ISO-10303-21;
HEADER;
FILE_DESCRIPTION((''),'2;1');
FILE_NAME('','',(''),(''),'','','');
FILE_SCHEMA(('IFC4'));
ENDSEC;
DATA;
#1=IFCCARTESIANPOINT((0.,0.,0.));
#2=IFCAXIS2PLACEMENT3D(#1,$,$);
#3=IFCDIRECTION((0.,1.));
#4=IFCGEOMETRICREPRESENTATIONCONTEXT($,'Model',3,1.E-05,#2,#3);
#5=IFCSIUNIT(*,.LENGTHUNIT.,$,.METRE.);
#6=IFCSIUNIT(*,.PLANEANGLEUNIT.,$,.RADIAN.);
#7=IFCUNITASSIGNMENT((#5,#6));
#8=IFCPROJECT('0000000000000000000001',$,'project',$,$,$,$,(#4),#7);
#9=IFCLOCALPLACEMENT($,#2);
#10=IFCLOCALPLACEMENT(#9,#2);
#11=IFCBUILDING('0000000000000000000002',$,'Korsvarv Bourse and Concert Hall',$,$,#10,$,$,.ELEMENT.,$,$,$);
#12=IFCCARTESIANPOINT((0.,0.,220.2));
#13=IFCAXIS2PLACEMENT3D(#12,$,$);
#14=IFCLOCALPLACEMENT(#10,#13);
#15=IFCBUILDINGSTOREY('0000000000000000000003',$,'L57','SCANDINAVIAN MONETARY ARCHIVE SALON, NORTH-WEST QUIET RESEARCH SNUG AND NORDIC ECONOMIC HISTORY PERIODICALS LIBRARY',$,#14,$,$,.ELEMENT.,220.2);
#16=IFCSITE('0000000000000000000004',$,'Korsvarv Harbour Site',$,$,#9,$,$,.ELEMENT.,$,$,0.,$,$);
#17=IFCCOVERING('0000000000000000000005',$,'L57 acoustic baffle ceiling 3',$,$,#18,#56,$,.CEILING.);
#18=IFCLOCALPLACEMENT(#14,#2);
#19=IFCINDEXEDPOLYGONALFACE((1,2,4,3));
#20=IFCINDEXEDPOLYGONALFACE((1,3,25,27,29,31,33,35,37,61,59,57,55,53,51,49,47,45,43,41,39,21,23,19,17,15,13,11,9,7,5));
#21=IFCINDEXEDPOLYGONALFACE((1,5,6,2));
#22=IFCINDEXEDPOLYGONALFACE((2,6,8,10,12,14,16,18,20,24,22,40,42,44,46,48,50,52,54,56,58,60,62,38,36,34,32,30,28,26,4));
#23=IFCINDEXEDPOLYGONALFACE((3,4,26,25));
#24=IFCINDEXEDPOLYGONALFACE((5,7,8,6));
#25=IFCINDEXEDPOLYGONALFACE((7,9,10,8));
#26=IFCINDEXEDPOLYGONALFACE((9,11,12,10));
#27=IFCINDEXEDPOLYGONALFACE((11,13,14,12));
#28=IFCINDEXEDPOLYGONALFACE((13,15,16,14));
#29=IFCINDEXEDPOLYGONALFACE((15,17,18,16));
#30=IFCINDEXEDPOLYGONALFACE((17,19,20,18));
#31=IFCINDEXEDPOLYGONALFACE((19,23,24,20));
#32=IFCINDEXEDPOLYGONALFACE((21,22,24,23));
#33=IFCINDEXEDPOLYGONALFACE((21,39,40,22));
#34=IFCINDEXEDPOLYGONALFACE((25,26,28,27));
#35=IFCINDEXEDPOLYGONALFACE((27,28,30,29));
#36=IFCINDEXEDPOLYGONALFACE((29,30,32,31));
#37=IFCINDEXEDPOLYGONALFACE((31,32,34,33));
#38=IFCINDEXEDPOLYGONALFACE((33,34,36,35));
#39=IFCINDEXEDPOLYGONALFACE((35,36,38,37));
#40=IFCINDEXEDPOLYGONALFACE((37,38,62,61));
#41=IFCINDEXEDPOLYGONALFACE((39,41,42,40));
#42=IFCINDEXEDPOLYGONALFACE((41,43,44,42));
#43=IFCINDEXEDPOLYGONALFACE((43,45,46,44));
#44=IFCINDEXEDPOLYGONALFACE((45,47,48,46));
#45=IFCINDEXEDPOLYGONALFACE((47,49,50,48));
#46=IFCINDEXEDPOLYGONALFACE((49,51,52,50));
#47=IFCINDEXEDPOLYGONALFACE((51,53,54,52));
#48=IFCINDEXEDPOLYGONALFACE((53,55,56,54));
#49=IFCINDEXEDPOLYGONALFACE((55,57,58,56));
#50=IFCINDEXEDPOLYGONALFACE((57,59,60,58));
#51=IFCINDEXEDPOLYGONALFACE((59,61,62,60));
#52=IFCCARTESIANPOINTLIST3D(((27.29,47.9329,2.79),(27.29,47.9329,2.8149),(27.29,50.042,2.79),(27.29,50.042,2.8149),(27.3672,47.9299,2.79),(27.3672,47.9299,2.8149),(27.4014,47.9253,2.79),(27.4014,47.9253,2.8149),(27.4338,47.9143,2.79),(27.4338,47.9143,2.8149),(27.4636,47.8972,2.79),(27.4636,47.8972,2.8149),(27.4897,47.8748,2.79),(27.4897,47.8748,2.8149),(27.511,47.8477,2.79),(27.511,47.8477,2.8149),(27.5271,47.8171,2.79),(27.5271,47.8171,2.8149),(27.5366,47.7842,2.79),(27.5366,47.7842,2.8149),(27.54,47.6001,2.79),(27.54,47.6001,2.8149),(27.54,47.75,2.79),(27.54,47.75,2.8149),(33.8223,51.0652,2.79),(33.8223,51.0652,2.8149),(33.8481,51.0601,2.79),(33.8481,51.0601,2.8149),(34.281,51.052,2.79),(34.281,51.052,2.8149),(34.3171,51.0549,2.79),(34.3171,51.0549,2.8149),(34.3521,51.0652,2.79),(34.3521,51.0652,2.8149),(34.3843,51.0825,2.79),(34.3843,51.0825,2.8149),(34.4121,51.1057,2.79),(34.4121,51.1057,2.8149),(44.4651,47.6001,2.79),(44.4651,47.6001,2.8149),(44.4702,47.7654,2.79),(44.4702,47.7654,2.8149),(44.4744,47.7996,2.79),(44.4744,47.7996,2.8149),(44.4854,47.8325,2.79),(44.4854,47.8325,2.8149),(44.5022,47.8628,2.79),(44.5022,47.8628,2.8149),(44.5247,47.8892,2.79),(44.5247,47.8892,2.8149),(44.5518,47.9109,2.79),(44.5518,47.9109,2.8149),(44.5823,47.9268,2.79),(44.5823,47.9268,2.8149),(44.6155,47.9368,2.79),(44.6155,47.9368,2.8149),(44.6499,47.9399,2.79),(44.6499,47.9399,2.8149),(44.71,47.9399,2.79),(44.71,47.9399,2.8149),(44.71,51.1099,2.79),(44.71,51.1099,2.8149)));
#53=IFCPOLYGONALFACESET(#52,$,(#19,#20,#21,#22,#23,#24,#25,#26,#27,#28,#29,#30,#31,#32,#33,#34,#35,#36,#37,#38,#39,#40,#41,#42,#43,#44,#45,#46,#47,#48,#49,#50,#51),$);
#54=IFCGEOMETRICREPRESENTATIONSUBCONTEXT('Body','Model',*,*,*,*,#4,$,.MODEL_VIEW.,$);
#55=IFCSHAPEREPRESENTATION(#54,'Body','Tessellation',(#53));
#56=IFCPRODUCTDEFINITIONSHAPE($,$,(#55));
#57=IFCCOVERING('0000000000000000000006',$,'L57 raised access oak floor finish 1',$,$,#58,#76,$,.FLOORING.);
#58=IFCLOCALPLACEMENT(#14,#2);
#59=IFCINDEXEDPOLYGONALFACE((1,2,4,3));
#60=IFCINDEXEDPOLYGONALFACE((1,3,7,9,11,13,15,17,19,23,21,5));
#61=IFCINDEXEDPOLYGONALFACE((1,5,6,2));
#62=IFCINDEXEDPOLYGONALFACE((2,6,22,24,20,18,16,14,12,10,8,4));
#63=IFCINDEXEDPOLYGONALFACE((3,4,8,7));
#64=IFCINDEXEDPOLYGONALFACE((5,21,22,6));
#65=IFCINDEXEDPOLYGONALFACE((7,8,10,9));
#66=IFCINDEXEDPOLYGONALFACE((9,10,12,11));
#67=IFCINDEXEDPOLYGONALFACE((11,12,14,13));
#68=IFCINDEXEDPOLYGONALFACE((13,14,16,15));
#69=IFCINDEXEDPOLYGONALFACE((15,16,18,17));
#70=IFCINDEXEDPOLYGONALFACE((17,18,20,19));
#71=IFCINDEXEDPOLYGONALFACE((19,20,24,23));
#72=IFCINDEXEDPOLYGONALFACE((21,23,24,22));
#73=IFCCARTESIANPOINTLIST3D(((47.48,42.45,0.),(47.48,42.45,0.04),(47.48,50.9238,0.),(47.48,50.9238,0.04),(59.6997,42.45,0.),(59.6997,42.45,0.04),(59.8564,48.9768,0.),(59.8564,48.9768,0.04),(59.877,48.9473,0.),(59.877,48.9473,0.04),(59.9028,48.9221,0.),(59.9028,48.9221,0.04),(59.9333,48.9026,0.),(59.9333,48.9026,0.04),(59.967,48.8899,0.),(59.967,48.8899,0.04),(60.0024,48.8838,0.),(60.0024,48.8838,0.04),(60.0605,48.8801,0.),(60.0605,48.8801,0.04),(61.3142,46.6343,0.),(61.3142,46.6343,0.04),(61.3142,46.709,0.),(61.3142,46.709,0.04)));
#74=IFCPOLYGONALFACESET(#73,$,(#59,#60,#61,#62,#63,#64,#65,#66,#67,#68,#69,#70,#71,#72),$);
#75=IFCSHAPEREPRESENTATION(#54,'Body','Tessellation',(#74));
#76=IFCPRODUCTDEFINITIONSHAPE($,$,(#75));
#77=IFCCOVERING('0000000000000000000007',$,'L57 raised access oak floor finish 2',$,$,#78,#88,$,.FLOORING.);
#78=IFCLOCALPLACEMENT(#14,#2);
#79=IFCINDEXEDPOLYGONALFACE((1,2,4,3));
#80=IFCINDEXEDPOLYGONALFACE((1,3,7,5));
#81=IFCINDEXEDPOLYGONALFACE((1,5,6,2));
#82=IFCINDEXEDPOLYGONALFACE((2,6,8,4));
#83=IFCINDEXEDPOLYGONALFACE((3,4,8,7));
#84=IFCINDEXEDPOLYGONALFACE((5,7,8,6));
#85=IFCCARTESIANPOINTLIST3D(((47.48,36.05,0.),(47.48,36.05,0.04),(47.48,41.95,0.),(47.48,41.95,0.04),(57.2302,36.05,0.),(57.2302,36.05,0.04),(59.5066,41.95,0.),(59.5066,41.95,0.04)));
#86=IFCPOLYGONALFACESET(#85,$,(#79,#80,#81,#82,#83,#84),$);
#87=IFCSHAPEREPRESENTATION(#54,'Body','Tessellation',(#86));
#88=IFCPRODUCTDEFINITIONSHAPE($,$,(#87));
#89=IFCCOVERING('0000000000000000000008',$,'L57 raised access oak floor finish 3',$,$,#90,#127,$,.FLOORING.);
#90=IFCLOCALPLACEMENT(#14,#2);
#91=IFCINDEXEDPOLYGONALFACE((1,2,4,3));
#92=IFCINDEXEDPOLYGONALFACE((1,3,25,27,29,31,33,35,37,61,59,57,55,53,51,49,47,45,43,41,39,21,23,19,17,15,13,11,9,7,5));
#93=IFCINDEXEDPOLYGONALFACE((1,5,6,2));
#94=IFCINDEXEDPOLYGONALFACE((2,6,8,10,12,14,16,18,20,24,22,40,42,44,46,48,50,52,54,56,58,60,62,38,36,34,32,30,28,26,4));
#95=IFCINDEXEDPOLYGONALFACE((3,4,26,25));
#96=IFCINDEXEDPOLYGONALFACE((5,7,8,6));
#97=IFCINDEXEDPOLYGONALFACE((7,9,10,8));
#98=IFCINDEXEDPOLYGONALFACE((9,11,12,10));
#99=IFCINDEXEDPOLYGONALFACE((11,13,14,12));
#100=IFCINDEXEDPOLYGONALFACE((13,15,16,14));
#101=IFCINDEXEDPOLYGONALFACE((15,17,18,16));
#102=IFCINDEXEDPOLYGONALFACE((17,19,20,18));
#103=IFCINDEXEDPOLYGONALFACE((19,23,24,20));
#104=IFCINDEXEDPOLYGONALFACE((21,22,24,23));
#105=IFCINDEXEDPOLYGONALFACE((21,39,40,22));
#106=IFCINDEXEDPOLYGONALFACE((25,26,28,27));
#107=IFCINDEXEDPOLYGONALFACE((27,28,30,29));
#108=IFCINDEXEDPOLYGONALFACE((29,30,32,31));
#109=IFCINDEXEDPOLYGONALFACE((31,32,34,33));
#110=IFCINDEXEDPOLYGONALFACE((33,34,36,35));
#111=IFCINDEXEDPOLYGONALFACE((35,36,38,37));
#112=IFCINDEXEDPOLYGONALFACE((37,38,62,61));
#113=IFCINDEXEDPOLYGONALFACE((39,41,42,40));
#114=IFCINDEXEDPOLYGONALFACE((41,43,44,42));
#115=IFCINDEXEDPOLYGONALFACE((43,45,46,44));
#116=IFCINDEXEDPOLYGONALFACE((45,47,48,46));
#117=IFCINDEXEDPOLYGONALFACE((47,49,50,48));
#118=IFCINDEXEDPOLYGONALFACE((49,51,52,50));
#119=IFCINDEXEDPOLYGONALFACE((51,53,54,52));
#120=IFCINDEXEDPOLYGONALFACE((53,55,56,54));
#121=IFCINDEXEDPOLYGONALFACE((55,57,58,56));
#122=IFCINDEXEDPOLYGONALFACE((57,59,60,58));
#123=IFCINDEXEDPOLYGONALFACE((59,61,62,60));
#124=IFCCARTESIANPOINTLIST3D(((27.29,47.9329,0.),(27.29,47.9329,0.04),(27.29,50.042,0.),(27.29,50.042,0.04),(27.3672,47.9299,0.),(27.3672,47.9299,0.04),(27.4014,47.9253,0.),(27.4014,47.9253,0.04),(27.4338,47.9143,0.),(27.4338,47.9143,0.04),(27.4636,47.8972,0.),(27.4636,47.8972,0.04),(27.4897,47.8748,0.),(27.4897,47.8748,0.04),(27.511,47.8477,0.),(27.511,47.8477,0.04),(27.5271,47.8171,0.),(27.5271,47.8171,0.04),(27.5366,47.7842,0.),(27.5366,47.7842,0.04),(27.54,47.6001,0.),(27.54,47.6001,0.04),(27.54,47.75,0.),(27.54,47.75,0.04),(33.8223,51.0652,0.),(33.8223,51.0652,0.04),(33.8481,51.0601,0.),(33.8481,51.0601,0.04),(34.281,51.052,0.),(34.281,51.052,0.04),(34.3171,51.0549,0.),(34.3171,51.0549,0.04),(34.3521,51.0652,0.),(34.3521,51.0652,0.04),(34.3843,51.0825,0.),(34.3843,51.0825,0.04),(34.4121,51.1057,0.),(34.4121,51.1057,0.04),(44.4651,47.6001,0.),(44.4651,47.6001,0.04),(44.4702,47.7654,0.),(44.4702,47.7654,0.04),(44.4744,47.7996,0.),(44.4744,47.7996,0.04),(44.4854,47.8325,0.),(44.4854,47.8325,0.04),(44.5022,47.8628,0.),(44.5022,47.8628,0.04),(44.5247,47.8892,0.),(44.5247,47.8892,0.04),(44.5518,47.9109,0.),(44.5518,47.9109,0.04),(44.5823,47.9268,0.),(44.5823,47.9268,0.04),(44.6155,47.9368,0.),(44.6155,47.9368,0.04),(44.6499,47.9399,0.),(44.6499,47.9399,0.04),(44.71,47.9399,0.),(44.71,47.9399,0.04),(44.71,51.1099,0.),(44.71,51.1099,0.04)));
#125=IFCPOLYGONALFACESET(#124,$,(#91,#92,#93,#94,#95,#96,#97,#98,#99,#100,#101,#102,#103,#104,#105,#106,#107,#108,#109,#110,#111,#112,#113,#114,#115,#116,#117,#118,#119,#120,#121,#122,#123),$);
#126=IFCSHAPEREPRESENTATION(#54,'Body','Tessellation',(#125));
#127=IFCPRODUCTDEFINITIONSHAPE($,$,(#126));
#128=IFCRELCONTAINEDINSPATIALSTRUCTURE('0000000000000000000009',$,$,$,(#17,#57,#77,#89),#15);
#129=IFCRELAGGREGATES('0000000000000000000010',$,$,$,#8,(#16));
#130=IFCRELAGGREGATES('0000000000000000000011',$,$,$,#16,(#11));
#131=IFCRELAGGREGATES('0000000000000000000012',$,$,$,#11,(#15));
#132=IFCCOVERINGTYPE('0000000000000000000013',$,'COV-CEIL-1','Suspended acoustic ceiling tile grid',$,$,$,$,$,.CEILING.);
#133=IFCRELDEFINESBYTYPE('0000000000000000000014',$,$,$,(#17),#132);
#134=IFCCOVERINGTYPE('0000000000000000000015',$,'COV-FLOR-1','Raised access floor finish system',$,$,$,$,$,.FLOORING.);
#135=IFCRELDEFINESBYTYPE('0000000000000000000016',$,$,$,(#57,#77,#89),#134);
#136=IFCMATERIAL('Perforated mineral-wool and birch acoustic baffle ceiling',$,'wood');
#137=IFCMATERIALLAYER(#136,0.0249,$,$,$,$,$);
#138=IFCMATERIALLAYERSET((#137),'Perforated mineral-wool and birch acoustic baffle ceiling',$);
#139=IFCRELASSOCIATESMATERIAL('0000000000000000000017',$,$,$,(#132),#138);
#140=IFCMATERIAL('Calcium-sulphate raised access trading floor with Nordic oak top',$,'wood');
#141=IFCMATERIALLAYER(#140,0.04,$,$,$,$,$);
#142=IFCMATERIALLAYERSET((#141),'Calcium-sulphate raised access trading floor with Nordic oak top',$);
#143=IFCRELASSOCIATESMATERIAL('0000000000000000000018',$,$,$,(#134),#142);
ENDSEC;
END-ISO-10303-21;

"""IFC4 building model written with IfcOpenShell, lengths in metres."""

from ifc_helpers import new_model, si_unit, direction, frame, origin, place, context, subcontext, project, spatial, polyline, outline, extrude, material, layer, layer_set, type_object, element, save


model = new_model("IFC4")

# Units and contexts
model_context = context("Model", 3, precision=1e-05, world=origin(), true_north=direction((0.0, 1.0)))
body_context = subcontext(model_context, "Body", "Model", "MODEL_VIEW")
ifc_project = project(units=[si_unit("LENGTHUNIT", "METRE"), si_unit("PLANEANGLEUNIT", "RADIAN")], contexts=[model_context])

# Site, building, storey
site_placement = place(None, origin())
site = spatial("IfcSite", under=ifc_project, at=site_placement, Name="Korsvarv Harbour Site", CompositionType="ELEMENT", RefElevation=0.0)
building_placement = place(site_placement, origin())
building = spatial("IfcBuilding", under=site, at=building_placement, Name="Korsvarv Bourse and Concert Hall", CompositionType="ELEMENT")
storey_placement = place(building_placement, frame((0.0, 0.0, 220.2)))
storey = spatial("IfcBuildingStorey", under=building, at=storey_placement, Name="L57", Description="SCANDINAVIAN MONETARY ARCHIVE SALON, NORTH-WEST QUIET RESEARCH SNUG AND NORDIC ECONOMIC HISTORY PERIODICALS LIBRARY", CompositionType="ELEMENT", Elevation=220.2)

# Coverings
ifc_material_1 = material(Name="Perforated mineral-wool and birch acoustic baffle ceiling", Category="wood")
ifc_layer_1 = layer(ifc_material_1, 0.0249)
ifc_layer_set_1 = layer_set([ifc_layer_1], Name="Perforated mineral-wool and birch acoustic baffle ceiling")
covering_type_1 = type_object("IfcCoveringType", Name="COV-CEIL-1", Description="Suspended acoustic ceiling tile grid", PredefinedType="CEILING", material=ifc_layer_set_1)
covering_1_placement = place(storey_placement, frame((0.0, 0.0, 2.79)))
element("IfcCovering", 1, at=covering_1_placement, inside=storey, type_object=covering_type_1, Name="L57 acoustic baffle ceiling 3", PredefinedType="CEILING", context=body_context, shape_type="SweptSolid", body=[
    extrude(outline(polyline([(33.8223, 51.0652), (33.8481, 51.0601), (34.281, 51.052), (34.3171, 51.0549), (34.3521, 51.0652), (34.3843, 51.0825), (34.4121, 51.1057), (44.71, 51.1099), (44.71, 47.9399), (44.6499, 47.9399), (44.6155, 47.9368), (44.5823, 47.9268), (44.5518, 47.9109), (44.5247, 47.8892), (44.5022, 47.8628), (44.4854, 47.8325), (44.4744, 47.7996), (44.4702, 47.7654), (44.4651, 47.6001), (27.54, 47.6001), (27.54, 47.75), (27.5366, 47.7842), (27.5271, 47.8171), (27.511, 47.8477), (27.4897, 47.8748), (27.4636, 47.8972), (27.4338, 47.9143), (27.4014, 47.9253), (27.3672, 47.9299), (27.29, 47.9329), (27.29, 50.042), (33.8223, 51.0652)])), origin(), (0.0, 0.0, 1.0), 0.0249),
])
ifc_material_2 = material(Name="Calcium-sulphate raised access trading floor with Nordic oak top", Category="wood")
ifc_layer_2 = layer(ifc_material_2, 0.04)
ifc_layer_set_2 = layer_set([ifc_layer_2], Name="Calcium-sulphate raised access trading floor with Nordic oak top")
covering_type_2 = type_object("IfcCoveringType", Name="COV-FLOR-1", Description="Raised access floor finish system", PredefinedType="FLOORING", material=ifc_layer_set_2)
covering_2_placement = place(storey_placement, origin())
element("IfcCovering", 2, at=covering_2_placement, inside=storey, type_object=covering_type_2, Name="L57 raised access oak floor finish 1", PredefinedType="FLOORING", context=body_context, shape_type="SweptSolid", body=[
    extrude(outline(polyline([(59.8564, 48.9768), (59.877, 48.9473), (59.9028, 48.9221), (59.9333, 48.9026), (59.967, 48.8899), (60.0024, 48.8838), (60.0605, 48.8801), (61.3142, 46.709), (61.3142, 46.6343), (59.6997, 42.45), (47.48, 42.45), (47.48, 50.9238), (59.8564, 48.9768)])), origin(), (0.0, 0.0, 1.0), 0.04),
])
covering_3_placement = place(storey_placement, origin())
element("IfcCovering", 3, at=covering_3_placement, inside=storey, type_object=covering_type_2, Name="L57 raised access oak floor finish 2", PredefinedType="FLOORING", context=body_context, shape_type="SweptSolid", body=[
    extrude(outline(polyline([(47.48, 36.05), (47.48, 41.95), (59.5066, 41.95), (57.2302, 36.05), (47.48, 36.05)])), origin(), (0.0, 0.0, 1.0), 0.04),
])
covering_4_placement = place(storey_placement, origin())
element("IfcCovering", 4, at=covering_4_placement, inside=storey, type_object=covering_type_2, Name="L57 raised access oak floor finish 3", PredefinedType="FLOORING", context=body_context, shape_type="SweptSolid", body=[
    extrude(outline(polyline([(33.8223, 51.0652), (33.8481, 51.0601), (34.281, 51.052), (34.3171, 51.0549), (34.3521, 51.0652), (34.3843, 51.0825), (34.4121, 51.1057), (44.71, 51.1099), (44.71, 47.9399), (44.6499, 47.9399), (44.6155, 47.9368), (44.5823, 47.9268), (44.5518, 47.9109), (44.5247, 47.8892), (44.5022, 47.8628), (44.4854, 47.8325), (44.4744, 47.7996), (44.4702, 47.7654), (44.4651, 47.6001), (27.54, 47.6001), (27.54, 47.75), (27.5366, 47.7842), (27.5271, 47.8171), (27.511, 47.8477), (27.4897, 47.8748), (27.4636, 47.8972), (27.4338, 47.9143), (27.4014, 47.9253), (27.3672, 47.9299), (27.29, 47.9329), (27.29, 50.042), (33.8223, 51.0652)])), origin(), (0.0, 0.0, 1.0), 0.04),
])

save(model, "model.ifc")
